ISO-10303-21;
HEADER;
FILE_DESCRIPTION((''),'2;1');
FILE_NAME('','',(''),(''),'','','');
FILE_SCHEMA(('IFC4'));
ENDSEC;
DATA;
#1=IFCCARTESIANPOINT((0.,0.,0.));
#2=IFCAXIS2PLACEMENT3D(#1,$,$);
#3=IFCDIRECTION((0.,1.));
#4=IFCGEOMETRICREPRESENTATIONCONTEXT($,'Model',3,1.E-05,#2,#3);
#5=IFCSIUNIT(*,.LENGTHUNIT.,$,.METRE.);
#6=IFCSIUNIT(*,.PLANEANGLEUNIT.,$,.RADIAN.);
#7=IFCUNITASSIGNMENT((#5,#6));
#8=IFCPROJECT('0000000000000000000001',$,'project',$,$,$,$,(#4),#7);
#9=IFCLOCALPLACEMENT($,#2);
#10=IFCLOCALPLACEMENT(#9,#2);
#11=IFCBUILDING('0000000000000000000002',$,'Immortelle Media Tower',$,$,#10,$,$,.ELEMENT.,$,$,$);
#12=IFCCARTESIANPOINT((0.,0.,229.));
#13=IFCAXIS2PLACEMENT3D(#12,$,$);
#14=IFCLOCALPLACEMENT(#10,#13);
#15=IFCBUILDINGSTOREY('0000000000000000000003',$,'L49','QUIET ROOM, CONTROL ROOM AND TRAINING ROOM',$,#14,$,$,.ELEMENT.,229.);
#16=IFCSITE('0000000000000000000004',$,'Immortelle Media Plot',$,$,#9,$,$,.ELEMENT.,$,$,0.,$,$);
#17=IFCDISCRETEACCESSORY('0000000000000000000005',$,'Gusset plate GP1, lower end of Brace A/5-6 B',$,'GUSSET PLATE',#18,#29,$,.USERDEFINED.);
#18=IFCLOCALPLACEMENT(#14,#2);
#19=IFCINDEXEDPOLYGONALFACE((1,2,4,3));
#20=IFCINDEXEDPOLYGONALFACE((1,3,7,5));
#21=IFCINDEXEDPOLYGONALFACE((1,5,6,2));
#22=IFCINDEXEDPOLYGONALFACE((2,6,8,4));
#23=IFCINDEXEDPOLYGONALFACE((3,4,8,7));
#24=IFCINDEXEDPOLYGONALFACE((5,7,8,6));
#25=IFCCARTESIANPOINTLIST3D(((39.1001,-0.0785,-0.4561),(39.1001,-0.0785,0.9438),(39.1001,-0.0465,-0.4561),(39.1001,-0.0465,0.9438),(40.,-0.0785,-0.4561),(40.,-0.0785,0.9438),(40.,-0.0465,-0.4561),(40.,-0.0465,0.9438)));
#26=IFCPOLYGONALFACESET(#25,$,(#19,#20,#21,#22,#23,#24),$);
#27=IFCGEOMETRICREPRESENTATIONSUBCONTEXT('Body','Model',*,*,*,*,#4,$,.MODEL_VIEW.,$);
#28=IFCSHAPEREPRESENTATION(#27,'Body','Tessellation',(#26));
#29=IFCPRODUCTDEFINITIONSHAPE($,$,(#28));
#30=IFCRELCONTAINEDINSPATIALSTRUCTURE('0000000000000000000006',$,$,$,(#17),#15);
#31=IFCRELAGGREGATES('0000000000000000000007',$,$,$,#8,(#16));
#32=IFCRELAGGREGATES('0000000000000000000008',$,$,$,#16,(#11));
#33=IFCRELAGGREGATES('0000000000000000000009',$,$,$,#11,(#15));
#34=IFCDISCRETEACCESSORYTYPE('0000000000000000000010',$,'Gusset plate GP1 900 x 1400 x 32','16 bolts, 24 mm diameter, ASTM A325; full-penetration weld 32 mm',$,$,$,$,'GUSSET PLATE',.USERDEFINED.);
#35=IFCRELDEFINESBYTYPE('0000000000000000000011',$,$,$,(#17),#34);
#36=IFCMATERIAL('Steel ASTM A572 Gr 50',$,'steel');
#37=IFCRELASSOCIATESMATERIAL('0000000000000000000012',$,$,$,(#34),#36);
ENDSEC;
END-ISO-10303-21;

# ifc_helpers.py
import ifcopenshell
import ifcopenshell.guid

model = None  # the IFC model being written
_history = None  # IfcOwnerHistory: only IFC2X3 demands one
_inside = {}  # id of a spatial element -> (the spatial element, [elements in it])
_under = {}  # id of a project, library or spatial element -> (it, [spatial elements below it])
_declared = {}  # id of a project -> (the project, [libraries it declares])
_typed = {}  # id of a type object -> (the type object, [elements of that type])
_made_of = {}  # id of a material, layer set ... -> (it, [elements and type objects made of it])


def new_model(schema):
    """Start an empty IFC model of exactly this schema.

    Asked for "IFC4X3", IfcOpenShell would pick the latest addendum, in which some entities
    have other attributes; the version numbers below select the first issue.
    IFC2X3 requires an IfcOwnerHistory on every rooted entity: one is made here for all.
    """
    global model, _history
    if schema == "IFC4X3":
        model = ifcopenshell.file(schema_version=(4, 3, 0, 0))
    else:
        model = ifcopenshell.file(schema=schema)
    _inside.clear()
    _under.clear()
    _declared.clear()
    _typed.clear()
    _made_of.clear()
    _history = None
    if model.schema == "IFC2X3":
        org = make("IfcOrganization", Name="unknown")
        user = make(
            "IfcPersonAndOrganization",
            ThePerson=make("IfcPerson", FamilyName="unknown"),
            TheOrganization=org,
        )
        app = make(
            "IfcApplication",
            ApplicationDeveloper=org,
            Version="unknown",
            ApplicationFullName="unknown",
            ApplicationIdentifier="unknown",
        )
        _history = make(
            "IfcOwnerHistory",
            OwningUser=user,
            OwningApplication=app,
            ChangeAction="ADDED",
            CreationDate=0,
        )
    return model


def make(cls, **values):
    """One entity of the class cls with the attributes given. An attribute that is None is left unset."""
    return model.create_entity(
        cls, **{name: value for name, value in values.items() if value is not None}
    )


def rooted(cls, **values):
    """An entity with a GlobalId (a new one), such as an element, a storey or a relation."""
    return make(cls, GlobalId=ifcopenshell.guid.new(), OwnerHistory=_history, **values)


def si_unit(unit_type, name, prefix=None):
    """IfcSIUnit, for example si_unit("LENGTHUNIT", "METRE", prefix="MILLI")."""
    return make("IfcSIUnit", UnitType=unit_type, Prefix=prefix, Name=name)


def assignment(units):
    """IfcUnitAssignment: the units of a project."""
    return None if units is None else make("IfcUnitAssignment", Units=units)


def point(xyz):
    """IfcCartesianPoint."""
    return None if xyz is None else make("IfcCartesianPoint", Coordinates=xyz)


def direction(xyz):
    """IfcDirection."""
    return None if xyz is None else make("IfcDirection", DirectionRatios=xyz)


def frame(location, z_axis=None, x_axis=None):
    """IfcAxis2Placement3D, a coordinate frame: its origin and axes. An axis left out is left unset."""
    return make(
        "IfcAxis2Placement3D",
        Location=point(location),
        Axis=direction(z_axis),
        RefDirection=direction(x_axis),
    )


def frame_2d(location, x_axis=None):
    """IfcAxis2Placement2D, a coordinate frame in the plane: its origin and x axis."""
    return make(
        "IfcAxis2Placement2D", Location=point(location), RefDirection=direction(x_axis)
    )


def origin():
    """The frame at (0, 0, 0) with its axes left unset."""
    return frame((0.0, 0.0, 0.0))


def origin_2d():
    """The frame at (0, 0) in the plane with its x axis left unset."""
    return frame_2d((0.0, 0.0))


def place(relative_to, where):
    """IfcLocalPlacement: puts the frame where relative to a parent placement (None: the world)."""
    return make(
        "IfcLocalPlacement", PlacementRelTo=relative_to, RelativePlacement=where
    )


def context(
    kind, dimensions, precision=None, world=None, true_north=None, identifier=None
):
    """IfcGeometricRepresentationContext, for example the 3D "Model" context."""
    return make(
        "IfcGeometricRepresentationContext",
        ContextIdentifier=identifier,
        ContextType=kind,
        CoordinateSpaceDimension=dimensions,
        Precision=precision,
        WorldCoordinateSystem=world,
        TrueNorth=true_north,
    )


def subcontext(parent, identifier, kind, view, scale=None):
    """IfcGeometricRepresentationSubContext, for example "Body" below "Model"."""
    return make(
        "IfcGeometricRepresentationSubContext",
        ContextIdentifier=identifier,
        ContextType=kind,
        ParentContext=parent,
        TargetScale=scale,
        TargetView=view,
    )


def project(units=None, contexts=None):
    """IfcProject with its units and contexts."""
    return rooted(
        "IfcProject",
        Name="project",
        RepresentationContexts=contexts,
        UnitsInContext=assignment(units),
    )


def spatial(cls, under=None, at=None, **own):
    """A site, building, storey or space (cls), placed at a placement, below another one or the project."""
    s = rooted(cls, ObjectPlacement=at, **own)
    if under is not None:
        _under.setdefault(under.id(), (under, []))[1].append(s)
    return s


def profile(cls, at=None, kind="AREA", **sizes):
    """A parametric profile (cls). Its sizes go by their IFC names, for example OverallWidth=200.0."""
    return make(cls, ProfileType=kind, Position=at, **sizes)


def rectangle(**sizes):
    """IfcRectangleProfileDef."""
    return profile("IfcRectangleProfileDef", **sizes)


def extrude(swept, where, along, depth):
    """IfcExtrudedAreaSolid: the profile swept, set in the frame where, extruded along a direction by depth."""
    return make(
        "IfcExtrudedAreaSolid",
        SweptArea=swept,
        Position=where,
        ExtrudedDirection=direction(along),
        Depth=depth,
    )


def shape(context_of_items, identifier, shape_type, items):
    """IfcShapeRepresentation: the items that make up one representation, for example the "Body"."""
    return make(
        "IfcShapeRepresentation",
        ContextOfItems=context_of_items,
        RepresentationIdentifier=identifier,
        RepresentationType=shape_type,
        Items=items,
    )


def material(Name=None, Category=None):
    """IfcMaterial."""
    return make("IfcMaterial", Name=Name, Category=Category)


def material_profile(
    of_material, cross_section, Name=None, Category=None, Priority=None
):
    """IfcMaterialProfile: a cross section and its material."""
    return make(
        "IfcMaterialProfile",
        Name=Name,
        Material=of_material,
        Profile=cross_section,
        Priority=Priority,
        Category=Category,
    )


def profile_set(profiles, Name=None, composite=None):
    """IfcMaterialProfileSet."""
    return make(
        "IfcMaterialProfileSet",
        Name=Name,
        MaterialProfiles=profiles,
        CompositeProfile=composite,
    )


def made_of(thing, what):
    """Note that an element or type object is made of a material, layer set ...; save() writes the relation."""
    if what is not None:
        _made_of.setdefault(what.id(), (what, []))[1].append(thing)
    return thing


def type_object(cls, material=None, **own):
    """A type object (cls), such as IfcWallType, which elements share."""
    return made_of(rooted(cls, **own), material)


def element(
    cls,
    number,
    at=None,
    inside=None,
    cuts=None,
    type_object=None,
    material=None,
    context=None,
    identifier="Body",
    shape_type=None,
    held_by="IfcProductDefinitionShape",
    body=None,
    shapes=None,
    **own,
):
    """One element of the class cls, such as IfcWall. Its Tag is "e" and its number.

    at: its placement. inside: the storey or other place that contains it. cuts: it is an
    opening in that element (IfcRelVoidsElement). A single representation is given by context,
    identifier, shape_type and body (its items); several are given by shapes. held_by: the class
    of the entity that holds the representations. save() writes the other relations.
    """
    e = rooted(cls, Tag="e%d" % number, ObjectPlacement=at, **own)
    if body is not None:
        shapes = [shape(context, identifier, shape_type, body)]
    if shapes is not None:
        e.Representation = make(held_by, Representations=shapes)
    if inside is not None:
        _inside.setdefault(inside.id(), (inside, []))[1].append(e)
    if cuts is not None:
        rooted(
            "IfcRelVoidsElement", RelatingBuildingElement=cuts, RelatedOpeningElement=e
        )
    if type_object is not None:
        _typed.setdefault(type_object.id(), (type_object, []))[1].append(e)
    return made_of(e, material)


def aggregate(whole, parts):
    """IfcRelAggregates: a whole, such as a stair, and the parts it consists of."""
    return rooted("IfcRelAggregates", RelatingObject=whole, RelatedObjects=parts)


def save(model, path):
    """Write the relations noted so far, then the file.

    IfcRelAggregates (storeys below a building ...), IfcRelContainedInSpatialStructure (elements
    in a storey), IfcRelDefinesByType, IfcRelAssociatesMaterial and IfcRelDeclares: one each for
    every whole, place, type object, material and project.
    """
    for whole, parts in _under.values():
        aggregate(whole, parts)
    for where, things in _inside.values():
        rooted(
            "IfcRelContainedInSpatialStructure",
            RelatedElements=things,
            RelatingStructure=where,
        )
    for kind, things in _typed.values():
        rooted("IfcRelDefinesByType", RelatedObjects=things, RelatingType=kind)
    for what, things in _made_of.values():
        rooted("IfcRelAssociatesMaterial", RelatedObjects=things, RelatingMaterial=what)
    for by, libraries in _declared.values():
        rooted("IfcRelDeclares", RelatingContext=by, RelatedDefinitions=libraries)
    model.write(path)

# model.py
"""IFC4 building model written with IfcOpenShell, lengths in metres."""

from ifc_helpers import new_model, si_unit, direction, frame, origin, origin_2d, place, context, subcontext, project, spatial, rectangle, extrude, material, material_profile, profile_set, type_object, element, save


model = new_model("IFC4")

# Units and contexts
model_context = context("Model", 3, precision=1e-05, world=origin(), true_north=direction((0.0, 1.0)))
body_context = subcontext(model_context, "Body", "Model", "MODEL_VIEW")
ifc_project = project(units=[si_unit("LENGTHUNIT", "METRE"), si_unit("PLANEANGLEUNIT", "RADIAN")], contexts=[model_context])

# Site, building, storey
site_placement = place(None, origin())
site = spatial("IfcSite", under=ifc_project, at=site_placement, Name="Immortelle Media Plot", CompositionType="ELEMENT", RefElevation=0.0)
building_placement = place(site_placement, origin())
building = spatial("IfcBuilding", under=site, at=building_placement, Name="Immortelle Media Tower", CompositionType="ELEMENT")
storey_placement = place(building_placement, frame((0.0, 0.0, 229.0)))
storey = spatial("IfcBuildingStorey", under=building, at=storey_placement, Name="L49", Description="QUIET ROOM, CONTROL ROOM AND TRAINING ROOM", CompositionType="ELEMENT", Elevation=229.0)

# Discrete accessory
ifc_material_1 = material(Name="Steel ASTM A572 Gr 50", Category="steel")
ifc_material_profile_1 = material_profile(ifc_material_1, rectangle(XDim=0.032, YDim=1.3999, at=origin_2d()), Name="PL 32 x 1400")
ifc_profile_set_1 = profile_set([ifc_material_profile_1], Name="Steel ASTM A572 Gr 50")
discrete_accessory_type_1 = type_object("IfcDiscreteAccessoryType", Name="Gusset plate GP1 900 x 1400 x 32", Description="16 bolts, 24 mm diameter, ASTM A325; full-penetration weld 32 mm", ElementType="GUSSET PLATE", PredefinedType="USERDEFINED", material=ifc_profile_set_1)
for number, where, z_axis, x_axis, name in (
    (1, (40.0, -0.0625, 0.2439), (-1.0, 0.0, 0.0), (0.0, -1.0, 0.0), "Gusset plate GP1, lower end of Brace A/5-6 B"),
):
    element("IfcDiscreteAccessory", number, at=place(storey_placement, frame(where, z_axis=z_axis, x_axis=x_axis)), inside=storey, type_object=discrete_accessory_type_1, Name=name, ObjectType="GUSSET PLATE", PredefinedType="USERDEFINED", context=body_context, shape_type="SweptSolid", body=[
        extrude(rectangle(XDim=0.032, YDim=1.3999, at=origin_2d()), origin(), (0.0, 0.0, 1.0), 0.8999),
    ])

save(model, "model.ifc")
